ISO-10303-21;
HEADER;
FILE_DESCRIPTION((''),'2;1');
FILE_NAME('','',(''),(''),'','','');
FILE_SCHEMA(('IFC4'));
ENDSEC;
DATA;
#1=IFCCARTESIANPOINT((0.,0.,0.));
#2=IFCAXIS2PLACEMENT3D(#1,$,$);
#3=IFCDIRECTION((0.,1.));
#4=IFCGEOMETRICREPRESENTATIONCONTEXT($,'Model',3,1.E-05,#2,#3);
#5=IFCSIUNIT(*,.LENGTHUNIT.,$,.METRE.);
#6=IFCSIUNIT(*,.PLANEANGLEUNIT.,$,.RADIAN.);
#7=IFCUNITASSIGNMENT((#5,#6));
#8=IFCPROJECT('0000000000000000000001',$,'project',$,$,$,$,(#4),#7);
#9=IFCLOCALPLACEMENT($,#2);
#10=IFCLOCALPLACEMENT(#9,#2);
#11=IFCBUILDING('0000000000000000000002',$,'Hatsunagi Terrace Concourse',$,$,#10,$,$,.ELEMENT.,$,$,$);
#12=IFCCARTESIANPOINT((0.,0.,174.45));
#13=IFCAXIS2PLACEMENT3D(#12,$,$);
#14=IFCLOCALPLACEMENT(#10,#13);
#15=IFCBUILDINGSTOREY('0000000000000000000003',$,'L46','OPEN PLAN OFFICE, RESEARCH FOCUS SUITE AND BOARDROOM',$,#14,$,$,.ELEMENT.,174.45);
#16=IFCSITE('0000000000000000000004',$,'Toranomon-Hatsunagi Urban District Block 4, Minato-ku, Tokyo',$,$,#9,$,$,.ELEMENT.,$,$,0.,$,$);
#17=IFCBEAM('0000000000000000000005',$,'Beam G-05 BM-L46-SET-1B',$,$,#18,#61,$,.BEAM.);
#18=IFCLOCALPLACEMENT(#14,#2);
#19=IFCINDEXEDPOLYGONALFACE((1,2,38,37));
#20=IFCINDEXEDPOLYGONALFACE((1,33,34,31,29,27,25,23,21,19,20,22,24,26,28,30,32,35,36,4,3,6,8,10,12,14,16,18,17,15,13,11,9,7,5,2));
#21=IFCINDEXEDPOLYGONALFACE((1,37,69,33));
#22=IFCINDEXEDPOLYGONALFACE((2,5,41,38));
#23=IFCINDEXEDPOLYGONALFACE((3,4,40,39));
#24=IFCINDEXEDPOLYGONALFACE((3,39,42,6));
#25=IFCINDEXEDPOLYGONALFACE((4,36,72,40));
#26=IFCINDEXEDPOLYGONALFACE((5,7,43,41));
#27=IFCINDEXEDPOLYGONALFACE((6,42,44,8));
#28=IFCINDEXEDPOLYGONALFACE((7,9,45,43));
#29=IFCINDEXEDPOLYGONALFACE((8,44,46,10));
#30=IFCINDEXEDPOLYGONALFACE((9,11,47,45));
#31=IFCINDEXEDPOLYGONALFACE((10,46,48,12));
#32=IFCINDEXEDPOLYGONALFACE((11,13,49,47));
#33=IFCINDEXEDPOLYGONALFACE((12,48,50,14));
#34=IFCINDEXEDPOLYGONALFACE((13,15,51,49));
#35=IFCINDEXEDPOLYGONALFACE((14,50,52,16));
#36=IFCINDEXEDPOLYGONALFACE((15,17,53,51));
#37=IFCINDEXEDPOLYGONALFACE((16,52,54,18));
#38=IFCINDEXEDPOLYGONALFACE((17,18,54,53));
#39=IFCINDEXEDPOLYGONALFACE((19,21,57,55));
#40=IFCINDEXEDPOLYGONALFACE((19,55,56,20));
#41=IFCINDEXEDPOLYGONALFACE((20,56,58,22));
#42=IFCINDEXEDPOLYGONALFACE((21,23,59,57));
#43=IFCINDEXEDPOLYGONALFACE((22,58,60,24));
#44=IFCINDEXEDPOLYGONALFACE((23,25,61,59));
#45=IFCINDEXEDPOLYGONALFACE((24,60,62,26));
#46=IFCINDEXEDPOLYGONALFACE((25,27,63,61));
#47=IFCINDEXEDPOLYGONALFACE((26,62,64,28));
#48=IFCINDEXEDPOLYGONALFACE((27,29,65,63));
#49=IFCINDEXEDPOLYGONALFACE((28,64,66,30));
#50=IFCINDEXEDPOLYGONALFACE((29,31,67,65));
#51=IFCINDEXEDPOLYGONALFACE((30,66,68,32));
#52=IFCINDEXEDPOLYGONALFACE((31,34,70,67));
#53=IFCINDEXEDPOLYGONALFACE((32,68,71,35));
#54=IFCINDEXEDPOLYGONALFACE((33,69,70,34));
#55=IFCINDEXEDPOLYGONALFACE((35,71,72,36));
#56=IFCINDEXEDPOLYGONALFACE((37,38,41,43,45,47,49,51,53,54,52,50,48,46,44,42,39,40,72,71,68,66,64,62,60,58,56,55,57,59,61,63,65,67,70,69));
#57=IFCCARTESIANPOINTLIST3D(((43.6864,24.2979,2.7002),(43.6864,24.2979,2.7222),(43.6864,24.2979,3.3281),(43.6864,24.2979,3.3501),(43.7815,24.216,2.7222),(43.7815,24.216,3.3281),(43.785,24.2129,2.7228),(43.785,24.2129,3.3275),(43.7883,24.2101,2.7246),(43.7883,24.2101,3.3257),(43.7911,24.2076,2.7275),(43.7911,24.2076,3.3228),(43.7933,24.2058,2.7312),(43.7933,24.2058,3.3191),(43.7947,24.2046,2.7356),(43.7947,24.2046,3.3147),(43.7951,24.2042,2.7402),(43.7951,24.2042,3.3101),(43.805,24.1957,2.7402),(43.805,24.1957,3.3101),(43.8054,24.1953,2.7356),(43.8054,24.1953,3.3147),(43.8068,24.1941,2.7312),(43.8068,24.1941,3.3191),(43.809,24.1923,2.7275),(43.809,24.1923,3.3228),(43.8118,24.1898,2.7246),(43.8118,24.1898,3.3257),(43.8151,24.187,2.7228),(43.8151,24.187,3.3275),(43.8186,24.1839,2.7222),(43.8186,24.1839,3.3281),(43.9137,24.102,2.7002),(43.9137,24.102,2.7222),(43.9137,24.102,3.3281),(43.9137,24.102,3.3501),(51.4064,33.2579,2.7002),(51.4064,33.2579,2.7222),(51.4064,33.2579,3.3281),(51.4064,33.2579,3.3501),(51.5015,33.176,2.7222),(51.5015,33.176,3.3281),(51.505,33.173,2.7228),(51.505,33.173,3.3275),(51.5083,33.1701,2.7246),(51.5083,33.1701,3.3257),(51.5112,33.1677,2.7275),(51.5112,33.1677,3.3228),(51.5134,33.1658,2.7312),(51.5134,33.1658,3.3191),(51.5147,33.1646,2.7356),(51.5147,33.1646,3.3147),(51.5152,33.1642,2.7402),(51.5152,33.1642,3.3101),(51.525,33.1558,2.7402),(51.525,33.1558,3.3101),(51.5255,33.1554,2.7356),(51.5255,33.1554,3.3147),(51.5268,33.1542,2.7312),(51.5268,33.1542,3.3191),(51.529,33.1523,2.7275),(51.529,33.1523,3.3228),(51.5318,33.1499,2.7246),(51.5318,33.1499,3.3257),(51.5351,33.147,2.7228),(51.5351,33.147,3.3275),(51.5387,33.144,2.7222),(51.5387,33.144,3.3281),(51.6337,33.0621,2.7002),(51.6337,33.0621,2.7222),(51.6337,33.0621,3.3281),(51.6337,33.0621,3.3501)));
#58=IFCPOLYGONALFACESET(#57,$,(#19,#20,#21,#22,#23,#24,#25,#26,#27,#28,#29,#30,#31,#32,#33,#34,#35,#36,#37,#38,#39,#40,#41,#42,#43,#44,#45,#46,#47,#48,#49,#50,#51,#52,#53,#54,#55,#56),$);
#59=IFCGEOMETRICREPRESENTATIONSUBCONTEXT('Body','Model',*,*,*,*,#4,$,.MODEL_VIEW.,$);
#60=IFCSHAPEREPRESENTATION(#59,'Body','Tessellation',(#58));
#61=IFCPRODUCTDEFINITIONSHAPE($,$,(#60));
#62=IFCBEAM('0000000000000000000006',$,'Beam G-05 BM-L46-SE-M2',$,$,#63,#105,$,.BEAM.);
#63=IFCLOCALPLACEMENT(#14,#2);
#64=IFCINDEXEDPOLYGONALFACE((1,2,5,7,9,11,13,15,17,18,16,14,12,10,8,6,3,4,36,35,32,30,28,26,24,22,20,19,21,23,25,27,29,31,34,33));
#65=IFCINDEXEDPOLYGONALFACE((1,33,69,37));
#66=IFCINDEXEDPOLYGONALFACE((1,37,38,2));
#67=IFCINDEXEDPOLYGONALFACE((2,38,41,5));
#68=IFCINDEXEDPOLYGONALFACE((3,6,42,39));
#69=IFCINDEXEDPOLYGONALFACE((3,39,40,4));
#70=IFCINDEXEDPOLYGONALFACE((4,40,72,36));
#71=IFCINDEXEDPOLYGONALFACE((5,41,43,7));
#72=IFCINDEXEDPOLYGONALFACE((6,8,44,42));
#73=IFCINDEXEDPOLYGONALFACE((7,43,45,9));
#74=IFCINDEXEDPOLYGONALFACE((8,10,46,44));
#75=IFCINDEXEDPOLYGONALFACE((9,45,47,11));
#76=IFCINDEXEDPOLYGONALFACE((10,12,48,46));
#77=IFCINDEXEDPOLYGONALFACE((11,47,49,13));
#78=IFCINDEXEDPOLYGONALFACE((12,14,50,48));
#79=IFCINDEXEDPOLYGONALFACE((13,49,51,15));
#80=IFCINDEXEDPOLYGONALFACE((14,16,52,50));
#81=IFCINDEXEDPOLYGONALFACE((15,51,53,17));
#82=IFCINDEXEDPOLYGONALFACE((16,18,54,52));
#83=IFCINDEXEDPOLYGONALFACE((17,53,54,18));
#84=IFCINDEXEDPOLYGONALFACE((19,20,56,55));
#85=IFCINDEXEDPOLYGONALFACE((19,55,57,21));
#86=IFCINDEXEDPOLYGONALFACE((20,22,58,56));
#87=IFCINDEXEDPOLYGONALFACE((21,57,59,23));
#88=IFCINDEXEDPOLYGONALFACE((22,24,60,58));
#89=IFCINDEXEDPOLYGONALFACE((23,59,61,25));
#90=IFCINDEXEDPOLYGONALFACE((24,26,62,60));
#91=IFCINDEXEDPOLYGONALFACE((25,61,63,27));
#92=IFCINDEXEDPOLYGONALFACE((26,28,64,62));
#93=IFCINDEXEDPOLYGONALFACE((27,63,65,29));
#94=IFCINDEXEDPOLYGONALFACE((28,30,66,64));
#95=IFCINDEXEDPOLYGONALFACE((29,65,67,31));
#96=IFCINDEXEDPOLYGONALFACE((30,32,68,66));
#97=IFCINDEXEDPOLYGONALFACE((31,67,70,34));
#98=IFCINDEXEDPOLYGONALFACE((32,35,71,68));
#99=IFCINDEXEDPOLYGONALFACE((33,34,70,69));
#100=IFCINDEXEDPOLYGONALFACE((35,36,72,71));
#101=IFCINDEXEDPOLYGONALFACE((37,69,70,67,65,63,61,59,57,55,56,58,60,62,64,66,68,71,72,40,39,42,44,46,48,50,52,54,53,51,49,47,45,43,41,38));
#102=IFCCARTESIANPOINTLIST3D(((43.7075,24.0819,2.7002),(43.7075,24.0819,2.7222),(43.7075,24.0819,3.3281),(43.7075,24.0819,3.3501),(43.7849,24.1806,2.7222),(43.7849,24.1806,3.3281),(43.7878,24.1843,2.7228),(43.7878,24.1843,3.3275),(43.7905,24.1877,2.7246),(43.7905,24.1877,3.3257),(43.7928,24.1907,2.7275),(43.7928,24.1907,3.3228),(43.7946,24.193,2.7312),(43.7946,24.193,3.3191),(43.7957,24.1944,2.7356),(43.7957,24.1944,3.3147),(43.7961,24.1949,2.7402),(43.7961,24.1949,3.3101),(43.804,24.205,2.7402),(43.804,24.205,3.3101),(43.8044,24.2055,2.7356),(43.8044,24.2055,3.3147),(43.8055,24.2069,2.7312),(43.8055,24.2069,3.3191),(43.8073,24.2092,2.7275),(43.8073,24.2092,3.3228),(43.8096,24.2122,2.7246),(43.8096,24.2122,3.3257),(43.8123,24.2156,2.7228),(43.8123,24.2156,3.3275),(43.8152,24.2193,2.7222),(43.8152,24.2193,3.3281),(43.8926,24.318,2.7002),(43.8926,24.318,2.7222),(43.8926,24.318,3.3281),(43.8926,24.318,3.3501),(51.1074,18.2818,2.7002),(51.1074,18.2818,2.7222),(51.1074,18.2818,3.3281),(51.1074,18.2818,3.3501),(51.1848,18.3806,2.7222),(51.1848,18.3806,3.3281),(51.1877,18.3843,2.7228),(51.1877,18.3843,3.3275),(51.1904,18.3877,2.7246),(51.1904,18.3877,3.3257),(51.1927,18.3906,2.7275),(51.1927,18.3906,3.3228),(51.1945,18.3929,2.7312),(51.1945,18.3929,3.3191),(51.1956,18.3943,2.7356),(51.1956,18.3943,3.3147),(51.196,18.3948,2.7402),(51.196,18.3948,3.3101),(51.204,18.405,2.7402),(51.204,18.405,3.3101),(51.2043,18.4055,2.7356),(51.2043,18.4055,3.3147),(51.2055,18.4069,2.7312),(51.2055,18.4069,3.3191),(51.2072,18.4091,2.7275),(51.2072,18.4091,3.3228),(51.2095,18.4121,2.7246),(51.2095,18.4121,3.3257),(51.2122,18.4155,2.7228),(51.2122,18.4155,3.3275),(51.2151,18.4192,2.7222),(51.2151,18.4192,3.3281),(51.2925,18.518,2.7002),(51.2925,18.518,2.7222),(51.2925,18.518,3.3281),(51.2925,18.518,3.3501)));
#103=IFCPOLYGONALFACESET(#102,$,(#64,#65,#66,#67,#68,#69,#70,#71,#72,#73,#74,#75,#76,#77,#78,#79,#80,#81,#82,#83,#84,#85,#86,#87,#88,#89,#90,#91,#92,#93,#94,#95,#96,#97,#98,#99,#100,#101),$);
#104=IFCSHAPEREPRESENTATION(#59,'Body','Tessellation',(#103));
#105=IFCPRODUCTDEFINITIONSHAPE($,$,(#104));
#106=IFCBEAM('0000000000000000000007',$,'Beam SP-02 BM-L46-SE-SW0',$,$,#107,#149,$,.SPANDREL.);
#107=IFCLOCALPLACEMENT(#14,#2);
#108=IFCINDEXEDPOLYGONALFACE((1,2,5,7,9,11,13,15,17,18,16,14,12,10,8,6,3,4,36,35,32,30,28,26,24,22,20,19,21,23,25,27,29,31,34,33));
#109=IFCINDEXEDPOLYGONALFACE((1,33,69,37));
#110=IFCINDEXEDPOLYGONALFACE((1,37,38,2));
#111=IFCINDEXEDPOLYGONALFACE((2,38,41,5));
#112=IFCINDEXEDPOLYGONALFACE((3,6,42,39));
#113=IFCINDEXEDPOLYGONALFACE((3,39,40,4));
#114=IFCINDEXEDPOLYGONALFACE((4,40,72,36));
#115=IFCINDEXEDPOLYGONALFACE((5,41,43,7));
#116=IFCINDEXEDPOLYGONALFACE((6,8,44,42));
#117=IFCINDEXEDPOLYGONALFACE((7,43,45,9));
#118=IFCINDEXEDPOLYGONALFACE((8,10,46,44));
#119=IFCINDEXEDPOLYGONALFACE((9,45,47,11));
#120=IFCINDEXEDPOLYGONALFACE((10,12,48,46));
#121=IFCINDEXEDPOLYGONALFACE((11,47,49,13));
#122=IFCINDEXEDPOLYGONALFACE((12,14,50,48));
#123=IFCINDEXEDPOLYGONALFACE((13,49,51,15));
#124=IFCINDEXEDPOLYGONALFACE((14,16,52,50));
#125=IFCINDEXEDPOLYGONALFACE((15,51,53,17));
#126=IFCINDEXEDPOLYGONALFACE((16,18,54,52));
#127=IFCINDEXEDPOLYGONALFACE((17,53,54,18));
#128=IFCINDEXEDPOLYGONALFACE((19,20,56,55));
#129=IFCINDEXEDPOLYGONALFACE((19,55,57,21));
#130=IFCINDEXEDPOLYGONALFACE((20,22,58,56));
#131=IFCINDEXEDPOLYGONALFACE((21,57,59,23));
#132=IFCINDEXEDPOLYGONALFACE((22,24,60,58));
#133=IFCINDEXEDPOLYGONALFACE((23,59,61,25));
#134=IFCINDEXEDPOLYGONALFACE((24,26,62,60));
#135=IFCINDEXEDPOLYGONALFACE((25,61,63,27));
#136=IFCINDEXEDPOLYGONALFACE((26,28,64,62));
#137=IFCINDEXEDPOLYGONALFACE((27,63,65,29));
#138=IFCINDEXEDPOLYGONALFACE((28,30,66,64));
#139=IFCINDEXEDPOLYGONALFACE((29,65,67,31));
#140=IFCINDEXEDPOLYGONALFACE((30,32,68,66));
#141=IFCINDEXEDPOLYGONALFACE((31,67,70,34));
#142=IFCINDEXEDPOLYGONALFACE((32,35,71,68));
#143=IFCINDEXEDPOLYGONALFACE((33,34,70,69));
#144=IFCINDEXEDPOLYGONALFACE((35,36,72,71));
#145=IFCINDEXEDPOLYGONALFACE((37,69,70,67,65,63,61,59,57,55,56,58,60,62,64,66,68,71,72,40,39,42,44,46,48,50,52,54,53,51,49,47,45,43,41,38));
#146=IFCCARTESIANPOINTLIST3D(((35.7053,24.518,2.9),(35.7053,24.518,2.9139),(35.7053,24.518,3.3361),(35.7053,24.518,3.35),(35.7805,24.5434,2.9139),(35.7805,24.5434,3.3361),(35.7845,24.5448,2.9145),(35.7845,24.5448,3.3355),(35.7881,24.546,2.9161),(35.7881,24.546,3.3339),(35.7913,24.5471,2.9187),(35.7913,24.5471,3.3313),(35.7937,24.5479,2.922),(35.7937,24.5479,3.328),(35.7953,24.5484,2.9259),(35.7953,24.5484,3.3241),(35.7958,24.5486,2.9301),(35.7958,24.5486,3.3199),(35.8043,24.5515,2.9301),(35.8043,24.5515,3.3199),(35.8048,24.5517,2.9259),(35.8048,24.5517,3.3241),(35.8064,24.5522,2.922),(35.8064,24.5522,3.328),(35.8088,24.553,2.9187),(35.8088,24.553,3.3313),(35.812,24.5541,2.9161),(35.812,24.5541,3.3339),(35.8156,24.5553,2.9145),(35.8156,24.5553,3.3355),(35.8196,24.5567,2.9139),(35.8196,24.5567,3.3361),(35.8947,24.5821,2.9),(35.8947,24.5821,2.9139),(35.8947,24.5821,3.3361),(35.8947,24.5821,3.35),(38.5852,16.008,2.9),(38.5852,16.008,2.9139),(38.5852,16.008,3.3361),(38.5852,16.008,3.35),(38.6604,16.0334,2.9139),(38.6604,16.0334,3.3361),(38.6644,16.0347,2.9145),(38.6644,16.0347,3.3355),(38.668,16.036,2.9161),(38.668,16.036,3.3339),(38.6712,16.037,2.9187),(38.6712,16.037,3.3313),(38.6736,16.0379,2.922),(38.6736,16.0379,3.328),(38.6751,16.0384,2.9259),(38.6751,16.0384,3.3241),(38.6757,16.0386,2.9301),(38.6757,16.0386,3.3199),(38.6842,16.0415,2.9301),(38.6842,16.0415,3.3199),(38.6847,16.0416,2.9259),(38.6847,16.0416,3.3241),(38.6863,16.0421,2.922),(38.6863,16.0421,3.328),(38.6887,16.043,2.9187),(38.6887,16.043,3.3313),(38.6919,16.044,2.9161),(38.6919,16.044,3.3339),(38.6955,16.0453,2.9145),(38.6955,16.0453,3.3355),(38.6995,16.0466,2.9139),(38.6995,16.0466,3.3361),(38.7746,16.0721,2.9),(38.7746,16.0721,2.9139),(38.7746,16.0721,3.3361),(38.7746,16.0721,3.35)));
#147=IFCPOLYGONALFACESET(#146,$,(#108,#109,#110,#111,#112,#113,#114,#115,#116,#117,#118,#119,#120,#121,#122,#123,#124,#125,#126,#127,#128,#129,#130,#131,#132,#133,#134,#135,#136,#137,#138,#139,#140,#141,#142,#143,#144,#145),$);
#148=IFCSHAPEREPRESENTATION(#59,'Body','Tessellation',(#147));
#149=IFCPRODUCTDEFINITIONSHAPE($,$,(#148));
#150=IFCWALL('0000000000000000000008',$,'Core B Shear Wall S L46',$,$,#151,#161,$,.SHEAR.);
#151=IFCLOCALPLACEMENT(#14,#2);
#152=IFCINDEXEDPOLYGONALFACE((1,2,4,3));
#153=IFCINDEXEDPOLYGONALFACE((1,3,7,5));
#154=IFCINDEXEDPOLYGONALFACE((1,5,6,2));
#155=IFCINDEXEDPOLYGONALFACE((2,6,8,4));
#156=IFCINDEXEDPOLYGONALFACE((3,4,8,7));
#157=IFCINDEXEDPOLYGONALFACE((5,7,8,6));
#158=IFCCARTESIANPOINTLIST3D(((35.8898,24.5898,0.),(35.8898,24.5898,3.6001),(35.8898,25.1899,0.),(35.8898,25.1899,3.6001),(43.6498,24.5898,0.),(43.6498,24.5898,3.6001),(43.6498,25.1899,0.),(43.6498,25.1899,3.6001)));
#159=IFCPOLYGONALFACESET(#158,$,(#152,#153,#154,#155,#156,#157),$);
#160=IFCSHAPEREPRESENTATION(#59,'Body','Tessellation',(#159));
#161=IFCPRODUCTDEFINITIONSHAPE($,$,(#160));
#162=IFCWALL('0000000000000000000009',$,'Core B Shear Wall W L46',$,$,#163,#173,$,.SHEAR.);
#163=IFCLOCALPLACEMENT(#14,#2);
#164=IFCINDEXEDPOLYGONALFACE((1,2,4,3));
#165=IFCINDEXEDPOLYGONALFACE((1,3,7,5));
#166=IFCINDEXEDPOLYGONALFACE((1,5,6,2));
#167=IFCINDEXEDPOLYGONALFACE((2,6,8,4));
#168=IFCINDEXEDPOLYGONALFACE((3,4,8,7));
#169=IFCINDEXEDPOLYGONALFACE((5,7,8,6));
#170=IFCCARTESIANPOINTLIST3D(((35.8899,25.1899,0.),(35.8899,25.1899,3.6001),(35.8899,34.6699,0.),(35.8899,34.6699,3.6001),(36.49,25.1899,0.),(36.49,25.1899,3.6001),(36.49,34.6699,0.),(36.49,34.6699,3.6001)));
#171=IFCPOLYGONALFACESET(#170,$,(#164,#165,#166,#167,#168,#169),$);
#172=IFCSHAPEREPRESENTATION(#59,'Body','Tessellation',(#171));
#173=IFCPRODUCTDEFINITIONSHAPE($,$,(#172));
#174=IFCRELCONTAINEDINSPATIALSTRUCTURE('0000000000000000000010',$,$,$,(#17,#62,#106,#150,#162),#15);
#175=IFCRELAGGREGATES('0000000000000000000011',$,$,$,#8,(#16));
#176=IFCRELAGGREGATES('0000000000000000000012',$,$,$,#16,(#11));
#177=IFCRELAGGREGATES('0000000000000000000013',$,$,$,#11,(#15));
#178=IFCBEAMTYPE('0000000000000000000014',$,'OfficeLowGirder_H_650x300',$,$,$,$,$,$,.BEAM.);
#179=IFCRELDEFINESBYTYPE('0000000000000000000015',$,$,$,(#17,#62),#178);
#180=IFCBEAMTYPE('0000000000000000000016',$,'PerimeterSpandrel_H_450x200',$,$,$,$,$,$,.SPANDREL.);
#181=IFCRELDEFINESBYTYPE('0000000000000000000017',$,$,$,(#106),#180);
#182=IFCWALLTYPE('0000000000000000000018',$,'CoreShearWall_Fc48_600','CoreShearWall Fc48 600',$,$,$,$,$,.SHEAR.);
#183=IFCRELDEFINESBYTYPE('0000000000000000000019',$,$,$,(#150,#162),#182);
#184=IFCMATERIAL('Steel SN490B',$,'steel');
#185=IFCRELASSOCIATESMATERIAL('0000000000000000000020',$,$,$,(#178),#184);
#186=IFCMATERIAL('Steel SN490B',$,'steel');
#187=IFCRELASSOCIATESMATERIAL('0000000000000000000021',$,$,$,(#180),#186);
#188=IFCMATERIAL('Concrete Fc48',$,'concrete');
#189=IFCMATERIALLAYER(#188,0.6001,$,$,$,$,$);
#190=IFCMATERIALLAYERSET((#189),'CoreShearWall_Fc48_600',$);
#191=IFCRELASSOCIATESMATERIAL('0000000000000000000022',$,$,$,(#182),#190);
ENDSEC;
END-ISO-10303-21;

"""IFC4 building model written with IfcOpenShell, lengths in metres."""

from ifc_helpers import new_model, si_unit, direction, frame, frame_2d, origin, origin_2d, place, context, subcontext, project, spatial, rectangle, i_section, extrude, material, layer, layer_set, material_profile, profile_set, type_object, element, save


model = new_model("IFC4")

# Units and contexts
model_context = context("Model", 3, precision=1e-05, world=origin(), true_north=direction((0.0, 1.0)))
body_context = subcontext(model_context, "Body", "Model", "MODEL_VIEW")
ifc_project = project(units=[si_unit("LENGTHUNIT", "METRE"), si_unit("PLANEANGLEUNIT", "RADIAN")], contexts=[model_context])

# Site, building, storey
site_placement = place(None, origin())
site = spatial("IfcSite", under=ifc_project, at=site_placement, Name="Toranomon-Hatsunagi Urban District Block 4, Minato-ku, Tokyo", CompositionType="ELEMENT", RefElevation=0.0)
building_placement = place(site_placement, origin())
building = spatial("IfcBuilding", under=site, at=building_placement, Name="Hatsunagi Terrace Concourse", CompositionType="ELEMENT")
storey_placement = place(building_placement, frame((0.0, 0.0, 174.45)))
storey = spatial("IfcBuildingStorey", under=building, at=storey_placement, Name="L46", Description="OPEN PLAN OFFICE, RESEARCH FOCUS SUITE AND BOARDROOM", CompositionType="ELEMENT", Elevation=174.45)

# Beams
ifc_material_1 = material(Name="Steel SN490B", Category="steel")
ifc_material_profile_1 = material_profile(ifc_material_1, i_section(OverallWidth=0.3, OverallDepth=0.6499, WebThickness=0.0129, FlangeThickness=0.022, FilletRadius=0.0181, at=origin_2d()), Name="H-650x300x13x22")
ifc_profile_set_1 = profile_set([ifc_material_profile_1], Name="Steel SN490B")
beam_type_1 = type_object("IfcBeamType", Name="OfficeLowGirder_H_650x300", PredefinedType="BEAM", material=ifc_profile_set_1)
beam_1_placement = place(storey_placement, frame((43.8, 24.2, 3.0251), z_axis=(0.652739, 0.757583, 0.0), x_axis=(-0.757583, 0.652739, 0.0)))
element("IfcBeam", 1, at=beam_1_placement, inside=storey, type_object=beam_type_1, Name="Beam G-05 BM-L46-SET-1B", PredefinedType="BEAM", context=body_context, shape_type="SweptSolid", body=[
    extrude(i_section(OverallWidth=0.3, OverallDepth=0.6499, WebThickness=0.0129, FlangeThickness=0.022, FilletRadius=0.0181, at=origin_2d()), origin(), (0.0, 0.0, 1.0), 11.8271),
])
beam_2_placement = place(storey_placement, frame((43.8, 24.2, 3.0251), z_axis=(0.787049, -0.61689, 0.0), x_axis=(0.61689, 0.787049, 0.0)))
element("IfcBeam", 2, at=beam_2_placement, inside=storey, type_object=beam_type_1, Name="Beam G-05 BM-L46-SE-M2", PredefinedType="BEAM", context=body_context, shape_type="SweptSolid", body=[
    extrude(i_section(OverallWidth=0.3, OverallDepth=0.6499, WebThickness=0.0129, FlangeThickness=0.022, FilletRadius=0.0181, at=origin_2d()), origin(), (0.0, 0.0, 1.0), 9.4021),
])
ifc_material_2 = material(Name="Steel SN490B", Category="steel")
ifc_material_profile_2 = material_profile(ifc_material_2, i_section(OverallWidth=0.2, OverallDepth=0.45, WebThickness=0.009, FlangeThickness=0.0139, FilletRadius=0.0161, at=origin_2d()), Name="H-450x200x9x14")
ifc_profile_set_2 = profile_set([ifc_material_profile_2], Name="Steel SN490B")
beam_type_2 = type_object("IfcBeamType", Name="PerimeterSpandrel_H_450x200", PredefinedType="SPANDREL", material=ifc_profile_set_2)
beam_3_placement = place(storey_placement, frame((35.8, 24.55, 3.125), z_axis=(0.320553, -0.94723, 0.0), x_axis=(0.94723, 0.320553, 0.0)))
element("IfcBeam", 3, at=beam_3_placement, inside=storey, type_object=beam_type_2, Name="Beam SP-02 BM-L46-SE-SW0", PredefinedType="SPANDREL", context=body_context, shape_type="SweptSolid", body=[
    extrude(i_section(OverallWidth=0.2, OverallDepth=0.45, WebThickness=0.009, FlangeThickness=0.0139, FilletRadius=0.0161, at=origin_2d()), origin(), (0.0, 0.0, 1.0), 8.9841),
])

# Walls
ifc_material_3 = material(Name="Concrete Fc48", Category="concrete")
ifc_layer_1 = layer(ifc_material_3, 0.6001)
ifc_layer_set_1 = layer_set([ifc_layer_1], Name="CoreShearWall_Fc48_600")
wall_type_1 = type_object("IfcWallType", Name="CoreShearWall_Fc48_600", Description="CoreShearWall Fc48 600", PredefinedType="SHEAR", material=ifc_layer_set_1)
wall_1_placement = place(storey_placement, frame((35.8899, 24.8899, 0.0), z_axis=(0.0, 0.0, 1.0), x_axis=(1.0, 0.0, 0.0)))
element("IfcWall", 4, at=wall_1_placement, inside=storey, type_object=wall_type_1, Name="Core B Shear Wall S L46", PredefinedType="SHEAR", context=body_context, shape_type="SweptSolid", body=[
    extrude(rectangle(XDim=7.76, YDim=0.6001, at=frame_2d((3.8799, 0.0))), origin(), (0.0, 0.0, 1.0), 3.6001),
])
wall_2_placement = place(storey_placement, frame((36.1899, 25.1899, 0.0), z_axis=(0.0, 0.0, 1.0), x_axis=(0.0, 1.0, 0.0)))
element("IfcWall", 5, at=wall_2_placement, inside=storey, type_object=wall_type_1, Name="Core B Shear Wall W L46", PredefinedType="SHEAR", context=body_context, shape_type="SweptSolid", body=[
    extrude(rectangle(XDim=9.48, YDim=0.6001, at=frame_2d((4.74, 0.0))), origin(), (0.0, 0.0, 1.0), 3.6001),
])

save(model, "model.ifc")
